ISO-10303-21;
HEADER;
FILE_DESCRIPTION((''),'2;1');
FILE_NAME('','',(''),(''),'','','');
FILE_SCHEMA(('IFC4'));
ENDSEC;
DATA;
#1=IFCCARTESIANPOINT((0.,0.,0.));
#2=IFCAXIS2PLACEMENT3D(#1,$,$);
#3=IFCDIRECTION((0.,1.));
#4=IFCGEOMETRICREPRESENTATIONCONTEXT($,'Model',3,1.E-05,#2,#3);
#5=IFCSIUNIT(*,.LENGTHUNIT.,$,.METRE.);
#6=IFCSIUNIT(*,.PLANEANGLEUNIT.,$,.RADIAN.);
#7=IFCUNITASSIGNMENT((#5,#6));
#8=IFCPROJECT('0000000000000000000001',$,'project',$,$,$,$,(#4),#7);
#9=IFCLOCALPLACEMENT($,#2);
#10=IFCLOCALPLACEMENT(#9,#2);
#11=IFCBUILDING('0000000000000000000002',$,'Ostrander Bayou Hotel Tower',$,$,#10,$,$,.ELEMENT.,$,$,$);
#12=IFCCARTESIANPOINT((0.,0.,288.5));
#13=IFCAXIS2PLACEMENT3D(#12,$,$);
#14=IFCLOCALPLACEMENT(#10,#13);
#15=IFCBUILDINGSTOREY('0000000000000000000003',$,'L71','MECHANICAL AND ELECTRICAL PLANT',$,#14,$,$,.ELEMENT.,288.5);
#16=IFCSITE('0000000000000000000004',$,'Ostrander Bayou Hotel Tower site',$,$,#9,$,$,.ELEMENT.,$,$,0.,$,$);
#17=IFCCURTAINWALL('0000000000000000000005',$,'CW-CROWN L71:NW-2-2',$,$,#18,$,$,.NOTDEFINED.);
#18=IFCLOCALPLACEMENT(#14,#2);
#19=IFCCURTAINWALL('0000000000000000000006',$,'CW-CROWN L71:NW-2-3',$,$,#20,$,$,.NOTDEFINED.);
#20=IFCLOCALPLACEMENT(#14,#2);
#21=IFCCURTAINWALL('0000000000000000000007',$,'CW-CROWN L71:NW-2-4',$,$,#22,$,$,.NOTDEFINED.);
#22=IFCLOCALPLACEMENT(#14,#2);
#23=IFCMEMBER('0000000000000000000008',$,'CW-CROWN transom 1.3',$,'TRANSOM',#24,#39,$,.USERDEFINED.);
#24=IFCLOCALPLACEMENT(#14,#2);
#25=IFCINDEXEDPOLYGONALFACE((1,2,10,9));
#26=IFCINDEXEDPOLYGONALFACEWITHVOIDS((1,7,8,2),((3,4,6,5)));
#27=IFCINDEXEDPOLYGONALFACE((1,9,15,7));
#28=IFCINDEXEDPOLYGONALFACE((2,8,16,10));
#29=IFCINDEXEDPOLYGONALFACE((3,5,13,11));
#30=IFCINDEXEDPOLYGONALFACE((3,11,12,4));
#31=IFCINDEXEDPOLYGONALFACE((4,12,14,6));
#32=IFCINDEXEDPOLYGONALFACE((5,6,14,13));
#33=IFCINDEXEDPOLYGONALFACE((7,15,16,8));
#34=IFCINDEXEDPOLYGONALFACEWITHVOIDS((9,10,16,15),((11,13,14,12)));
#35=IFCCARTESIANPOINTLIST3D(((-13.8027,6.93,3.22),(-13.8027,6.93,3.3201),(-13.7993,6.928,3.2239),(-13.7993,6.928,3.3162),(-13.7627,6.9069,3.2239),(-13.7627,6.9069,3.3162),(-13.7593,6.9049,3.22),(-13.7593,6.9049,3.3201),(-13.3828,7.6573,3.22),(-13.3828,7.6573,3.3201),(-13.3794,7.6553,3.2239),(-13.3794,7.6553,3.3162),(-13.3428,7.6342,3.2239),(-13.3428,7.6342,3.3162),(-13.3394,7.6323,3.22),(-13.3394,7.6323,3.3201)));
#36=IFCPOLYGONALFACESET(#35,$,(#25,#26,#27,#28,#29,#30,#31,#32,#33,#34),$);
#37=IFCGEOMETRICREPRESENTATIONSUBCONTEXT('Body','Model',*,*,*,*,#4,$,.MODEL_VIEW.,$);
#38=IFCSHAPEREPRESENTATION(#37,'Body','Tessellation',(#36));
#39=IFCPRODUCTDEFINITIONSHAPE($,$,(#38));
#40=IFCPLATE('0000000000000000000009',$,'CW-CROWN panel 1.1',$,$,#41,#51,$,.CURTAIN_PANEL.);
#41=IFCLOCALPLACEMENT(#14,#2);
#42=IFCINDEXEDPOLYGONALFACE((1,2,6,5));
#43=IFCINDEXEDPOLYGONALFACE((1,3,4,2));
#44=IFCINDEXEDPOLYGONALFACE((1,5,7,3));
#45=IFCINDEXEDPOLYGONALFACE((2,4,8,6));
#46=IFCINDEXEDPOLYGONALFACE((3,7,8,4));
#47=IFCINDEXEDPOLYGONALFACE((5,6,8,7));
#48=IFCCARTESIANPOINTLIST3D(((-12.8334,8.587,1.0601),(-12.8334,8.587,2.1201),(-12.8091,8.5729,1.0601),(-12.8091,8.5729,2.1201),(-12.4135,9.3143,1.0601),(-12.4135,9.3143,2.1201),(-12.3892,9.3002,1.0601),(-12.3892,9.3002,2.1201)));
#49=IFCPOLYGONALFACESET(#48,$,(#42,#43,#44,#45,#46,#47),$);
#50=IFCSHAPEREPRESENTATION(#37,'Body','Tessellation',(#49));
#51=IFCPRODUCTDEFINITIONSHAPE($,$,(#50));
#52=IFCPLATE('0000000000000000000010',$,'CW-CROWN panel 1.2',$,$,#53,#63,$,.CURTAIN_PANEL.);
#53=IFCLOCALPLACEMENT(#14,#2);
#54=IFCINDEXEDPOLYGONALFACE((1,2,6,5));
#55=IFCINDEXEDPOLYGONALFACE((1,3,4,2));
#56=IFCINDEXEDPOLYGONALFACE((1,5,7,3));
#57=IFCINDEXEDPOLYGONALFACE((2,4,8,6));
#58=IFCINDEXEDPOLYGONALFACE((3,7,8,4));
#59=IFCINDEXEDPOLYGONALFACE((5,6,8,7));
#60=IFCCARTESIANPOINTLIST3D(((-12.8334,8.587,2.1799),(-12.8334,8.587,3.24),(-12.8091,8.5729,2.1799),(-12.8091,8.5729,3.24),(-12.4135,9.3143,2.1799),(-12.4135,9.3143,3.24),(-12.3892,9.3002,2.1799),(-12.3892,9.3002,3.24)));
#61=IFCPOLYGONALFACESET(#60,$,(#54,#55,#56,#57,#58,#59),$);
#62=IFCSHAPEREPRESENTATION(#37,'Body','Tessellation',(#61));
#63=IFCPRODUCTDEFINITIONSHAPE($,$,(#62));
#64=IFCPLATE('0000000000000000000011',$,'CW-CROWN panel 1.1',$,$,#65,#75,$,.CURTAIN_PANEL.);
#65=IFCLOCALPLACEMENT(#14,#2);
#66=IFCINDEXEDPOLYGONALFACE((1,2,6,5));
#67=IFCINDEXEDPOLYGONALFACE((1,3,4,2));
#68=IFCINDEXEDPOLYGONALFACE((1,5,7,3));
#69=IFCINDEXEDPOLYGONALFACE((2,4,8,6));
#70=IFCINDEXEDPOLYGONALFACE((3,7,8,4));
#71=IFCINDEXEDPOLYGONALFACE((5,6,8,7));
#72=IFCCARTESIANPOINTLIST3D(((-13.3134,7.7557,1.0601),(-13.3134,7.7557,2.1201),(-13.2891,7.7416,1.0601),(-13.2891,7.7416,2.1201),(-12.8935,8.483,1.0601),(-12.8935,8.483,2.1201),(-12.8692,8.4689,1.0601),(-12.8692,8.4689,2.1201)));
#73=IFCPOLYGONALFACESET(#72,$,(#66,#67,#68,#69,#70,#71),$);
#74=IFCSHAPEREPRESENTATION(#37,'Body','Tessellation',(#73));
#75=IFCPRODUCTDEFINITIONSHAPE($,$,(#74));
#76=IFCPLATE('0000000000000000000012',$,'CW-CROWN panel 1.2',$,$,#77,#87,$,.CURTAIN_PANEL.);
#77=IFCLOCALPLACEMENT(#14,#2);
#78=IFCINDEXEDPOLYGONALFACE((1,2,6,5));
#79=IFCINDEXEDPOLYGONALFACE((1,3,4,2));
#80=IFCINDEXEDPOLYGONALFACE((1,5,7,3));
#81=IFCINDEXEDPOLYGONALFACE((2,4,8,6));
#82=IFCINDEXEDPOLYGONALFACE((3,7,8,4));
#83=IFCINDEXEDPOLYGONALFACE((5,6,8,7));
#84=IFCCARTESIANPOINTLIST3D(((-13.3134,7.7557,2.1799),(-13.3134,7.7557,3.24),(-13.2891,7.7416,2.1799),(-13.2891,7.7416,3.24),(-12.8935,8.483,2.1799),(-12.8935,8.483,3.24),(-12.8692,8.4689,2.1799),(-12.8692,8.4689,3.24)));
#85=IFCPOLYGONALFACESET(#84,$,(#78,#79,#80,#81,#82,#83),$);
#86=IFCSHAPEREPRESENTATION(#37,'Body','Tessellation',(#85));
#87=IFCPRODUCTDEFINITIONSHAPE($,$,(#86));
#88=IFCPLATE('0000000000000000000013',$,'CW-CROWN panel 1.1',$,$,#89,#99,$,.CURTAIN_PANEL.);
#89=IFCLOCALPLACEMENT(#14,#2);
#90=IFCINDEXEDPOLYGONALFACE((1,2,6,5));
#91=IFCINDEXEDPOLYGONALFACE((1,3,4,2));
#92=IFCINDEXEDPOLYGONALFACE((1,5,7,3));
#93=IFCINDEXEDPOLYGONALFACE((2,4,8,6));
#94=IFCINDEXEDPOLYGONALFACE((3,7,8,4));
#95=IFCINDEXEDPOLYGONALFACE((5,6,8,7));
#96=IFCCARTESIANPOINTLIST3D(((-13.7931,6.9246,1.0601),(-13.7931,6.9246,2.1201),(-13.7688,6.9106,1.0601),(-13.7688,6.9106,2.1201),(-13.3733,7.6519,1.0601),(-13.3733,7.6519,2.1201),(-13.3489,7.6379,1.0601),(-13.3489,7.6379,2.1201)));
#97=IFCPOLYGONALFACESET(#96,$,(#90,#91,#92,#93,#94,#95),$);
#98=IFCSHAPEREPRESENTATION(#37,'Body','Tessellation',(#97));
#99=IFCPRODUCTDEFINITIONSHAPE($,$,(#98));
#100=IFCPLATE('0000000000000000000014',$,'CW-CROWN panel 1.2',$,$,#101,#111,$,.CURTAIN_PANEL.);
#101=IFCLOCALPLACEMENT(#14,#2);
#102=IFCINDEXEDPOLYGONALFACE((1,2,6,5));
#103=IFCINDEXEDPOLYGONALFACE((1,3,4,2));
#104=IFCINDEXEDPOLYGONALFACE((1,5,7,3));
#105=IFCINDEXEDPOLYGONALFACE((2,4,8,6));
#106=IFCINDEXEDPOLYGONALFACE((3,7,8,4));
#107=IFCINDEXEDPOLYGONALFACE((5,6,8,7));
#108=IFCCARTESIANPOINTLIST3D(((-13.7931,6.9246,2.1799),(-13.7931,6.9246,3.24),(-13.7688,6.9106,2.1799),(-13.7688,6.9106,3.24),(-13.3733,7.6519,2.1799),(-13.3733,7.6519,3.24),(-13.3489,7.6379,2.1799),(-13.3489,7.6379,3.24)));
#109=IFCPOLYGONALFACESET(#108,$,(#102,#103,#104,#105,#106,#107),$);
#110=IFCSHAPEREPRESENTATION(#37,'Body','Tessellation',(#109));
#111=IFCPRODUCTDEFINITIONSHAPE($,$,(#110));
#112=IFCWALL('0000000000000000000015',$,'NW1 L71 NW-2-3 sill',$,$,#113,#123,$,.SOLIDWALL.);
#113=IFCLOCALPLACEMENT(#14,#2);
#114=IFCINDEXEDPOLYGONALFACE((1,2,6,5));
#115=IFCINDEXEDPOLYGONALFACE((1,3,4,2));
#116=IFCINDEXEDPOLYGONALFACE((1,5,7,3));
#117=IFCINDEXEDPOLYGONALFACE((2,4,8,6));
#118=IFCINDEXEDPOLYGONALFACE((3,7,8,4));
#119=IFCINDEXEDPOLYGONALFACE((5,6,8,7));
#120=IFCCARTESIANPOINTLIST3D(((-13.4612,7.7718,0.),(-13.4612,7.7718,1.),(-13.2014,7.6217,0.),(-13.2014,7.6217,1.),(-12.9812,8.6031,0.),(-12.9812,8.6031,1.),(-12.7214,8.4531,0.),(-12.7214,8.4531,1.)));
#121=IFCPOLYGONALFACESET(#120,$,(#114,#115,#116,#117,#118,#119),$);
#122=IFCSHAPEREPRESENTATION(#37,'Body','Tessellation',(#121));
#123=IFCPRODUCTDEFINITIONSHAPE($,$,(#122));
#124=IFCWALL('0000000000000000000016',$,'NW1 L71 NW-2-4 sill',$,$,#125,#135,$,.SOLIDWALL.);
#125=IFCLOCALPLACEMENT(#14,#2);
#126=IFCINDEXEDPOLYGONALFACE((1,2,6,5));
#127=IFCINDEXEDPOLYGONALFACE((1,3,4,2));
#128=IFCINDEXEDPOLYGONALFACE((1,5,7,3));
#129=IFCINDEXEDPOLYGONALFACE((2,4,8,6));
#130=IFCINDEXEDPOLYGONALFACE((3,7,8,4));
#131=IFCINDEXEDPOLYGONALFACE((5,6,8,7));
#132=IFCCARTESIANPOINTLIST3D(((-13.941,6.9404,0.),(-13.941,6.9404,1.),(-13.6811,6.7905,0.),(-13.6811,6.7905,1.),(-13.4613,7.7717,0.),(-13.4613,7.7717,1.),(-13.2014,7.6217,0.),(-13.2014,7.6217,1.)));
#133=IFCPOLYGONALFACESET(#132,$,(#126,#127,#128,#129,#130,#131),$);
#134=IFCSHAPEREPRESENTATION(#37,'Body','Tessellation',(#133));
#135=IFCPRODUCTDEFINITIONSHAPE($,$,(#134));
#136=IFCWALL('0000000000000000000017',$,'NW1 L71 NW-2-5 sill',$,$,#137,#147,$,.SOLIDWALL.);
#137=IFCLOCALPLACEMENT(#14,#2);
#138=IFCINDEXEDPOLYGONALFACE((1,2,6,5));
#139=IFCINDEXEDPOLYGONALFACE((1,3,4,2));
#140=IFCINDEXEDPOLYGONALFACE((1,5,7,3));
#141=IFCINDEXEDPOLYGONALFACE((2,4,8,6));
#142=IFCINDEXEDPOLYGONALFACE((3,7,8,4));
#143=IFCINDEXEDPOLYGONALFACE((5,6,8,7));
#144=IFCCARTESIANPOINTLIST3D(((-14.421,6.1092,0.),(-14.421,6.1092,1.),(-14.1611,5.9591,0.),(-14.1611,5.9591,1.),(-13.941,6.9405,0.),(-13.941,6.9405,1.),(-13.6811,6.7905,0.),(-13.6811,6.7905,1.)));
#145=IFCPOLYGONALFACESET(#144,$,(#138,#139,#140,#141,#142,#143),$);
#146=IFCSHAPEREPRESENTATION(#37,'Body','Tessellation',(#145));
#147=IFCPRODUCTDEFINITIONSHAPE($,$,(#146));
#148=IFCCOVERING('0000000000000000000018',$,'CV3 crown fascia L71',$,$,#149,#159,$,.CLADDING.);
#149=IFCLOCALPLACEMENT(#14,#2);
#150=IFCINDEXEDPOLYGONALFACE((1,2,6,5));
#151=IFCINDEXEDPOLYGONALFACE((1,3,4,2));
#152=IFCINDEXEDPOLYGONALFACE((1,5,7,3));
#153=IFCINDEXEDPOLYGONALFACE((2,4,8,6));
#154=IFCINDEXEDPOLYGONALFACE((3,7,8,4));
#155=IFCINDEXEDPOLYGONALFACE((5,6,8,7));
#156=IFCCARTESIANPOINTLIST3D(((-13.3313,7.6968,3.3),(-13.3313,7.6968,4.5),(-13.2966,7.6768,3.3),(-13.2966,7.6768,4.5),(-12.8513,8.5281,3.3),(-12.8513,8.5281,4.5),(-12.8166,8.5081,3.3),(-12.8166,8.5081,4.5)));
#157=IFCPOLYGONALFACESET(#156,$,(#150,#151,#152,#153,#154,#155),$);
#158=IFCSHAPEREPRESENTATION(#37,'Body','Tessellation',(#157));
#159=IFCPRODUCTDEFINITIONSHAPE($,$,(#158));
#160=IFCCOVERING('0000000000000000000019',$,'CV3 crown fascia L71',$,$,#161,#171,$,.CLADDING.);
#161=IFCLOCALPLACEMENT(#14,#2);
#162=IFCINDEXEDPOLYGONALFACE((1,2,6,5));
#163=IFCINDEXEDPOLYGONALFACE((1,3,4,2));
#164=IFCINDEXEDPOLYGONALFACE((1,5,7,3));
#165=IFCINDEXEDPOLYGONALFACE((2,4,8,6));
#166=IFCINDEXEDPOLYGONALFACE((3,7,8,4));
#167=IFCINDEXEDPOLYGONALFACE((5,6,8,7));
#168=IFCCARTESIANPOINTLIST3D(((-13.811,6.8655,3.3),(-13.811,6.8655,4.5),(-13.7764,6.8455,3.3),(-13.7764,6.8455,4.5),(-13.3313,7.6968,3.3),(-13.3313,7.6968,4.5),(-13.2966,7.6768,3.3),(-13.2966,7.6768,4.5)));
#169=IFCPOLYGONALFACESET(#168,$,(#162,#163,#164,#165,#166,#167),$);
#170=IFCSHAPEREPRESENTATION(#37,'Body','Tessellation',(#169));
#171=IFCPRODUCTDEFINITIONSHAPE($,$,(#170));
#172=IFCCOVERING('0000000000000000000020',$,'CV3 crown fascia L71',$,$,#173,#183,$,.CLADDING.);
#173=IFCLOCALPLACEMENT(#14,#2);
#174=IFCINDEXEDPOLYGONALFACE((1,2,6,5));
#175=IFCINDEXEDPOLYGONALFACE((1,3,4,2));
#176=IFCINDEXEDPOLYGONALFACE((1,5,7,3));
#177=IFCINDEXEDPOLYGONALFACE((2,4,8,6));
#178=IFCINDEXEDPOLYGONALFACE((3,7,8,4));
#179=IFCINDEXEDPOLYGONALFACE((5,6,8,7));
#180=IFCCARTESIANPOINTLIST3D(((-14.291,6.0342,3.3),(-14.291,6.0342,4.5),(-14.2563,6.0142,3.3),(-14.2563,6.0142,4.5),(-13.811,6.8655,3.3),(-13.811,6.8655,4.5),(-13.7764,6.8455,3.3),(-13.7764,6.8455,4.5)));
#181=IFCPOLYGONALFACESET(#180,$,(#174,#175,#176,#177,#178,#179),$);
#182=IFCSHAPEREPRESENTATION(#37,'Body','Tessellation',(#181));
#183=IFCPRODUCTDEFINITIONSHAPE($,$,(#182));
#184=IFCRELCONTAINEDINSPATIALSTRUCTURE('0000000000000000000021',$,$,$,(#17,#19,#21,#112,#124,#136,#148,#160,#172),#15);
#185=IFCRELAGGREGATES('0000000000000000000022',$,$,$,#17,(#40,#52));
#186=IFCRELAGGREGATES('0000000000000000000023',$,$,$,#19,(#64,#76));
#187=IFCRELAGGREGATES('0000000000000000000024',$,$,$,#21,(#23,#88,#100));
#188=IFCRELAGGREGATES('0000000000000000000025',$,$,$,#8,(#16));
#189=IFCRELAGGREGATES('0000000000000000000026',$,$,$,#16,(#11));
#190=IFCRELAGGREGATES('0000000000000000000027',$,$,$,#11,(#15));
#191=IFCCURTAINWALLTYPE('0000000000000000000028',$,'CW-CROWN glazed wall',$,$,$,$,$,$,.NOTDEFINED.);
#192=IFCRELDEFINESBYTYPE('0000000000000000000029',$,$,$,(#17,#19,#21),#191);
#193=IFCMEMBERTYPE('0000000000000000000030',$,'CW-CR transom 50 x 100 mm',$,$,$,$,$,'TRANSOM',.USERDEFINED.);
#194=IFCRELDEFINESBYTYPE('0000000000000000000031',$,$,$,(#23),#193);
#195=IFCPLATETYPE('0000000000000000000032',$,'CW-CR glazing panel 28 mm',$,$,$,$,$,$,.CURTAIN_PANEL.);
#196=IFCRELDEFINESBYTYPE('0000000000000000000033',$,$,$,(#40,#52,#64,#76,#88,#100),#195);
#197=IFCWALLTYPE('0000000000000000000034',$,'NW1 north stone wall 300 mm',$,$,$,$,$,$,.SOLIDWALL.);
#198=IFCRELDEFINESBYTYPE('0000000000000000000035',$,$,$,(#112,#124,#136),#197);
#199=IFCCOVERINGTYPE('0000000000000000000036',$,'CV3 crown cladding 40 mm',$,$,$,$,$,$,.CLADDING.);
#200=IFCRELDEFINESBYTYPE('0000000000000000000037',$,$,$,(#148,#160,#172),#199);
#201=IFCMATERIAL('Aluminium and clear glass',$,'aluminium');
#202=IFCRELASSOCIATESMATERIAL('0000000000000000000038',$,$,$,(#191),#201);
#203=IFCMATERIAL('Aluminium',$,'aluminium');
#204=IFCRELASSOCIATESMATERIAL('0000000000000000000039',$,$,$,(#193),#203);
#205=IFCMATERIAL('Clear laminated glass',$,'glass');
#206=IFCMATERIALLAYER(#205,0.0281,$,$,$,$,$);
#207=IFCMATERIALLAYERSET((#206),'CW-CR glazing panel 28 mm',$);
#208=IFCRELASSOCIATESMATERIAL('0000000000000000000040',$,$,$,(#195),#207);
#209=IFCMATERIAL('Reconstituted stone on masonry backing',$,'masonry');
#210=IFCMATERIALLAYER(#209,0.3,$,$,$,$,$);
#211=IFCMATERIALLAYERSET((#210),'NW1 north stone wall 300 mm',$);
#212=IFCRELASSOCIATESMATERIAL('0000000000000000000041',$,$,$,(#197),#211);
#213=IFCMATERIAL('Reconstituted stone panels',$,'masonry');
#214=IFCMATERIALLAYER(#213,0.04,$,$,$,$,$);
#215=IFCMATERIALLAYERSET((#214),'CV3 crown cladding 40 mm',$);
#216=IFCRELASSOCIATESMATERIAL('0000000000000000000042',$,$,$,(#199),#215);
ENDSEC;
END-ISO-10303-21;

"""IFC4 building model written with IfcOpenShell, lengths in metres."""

from ifc_helpers import new_model, si_unit, direction, frame, frame_2d, origin, origin_2d, place, context, subcontext, project, spatial, polyline, rectangle, hollow_rectangle, outline, extrude, material, layer, layer_set, material_profile, profile_set, type_object, element, aggregate, save


model = new_model("IFC4")

# Units and contexts
model_context = context("Model", 3, precision=1e-05, world=origin(), true_north=direction((0.0, 1.0)))
body_context = subcontext(model_context, "Body", "Model", "MODEL_VIEW")
ifc_project = project(units=[si_unit("LENGTHUNIT", "METRE"), si_unit("PLANEANGLEUNIT", "RADIAN")], contexts=[model_context])

# Site, building, storey
site_placement = place(None, origin())
site = spatial("IfcSite", under=ifc_project, at=site_placement, Name="Ostrander Bayou Hotel Tower site", CompositionType="ELEMENT", RefElevation=0.0)
building_placement = place(site_placement, origin())
building = spatial("IfcBuilding", under=site, at=building_placement, Name="Ostrander Bayou Hotel Tower", CompositionType="ELEMENT")
storey_placement = place(building_placement, frame((0.0, 0.0, 288.5)))
storey = spatial("IfcBuildingStorey", under=building, at=storey_placement, Name="L71", Description="MECHANICAL AND ELECTRICAL PLANT", CompositionType="ELEMENT", Elevation=288.5)

# Curtain wall
ifc_material_1 = material(Name="Aluminium and clear glass", Category="aluminium")
curtain_wall_type = type_object("IfcCurtainWallType", Name="CW-CROWN glazed wall", PredefinedType="NOTDEFINED", material=ifc_material_1)
curtain_wall_1_placement = place(storey_placement, origin())
curtain_wall_1 = element("IfcCurtainWall", 1, at=curtain_wall_1_placement, inside=storey, type_object=curtain_wall_type, Name="CW-CROWN L71:NW-2-2", PredefinedType="NOTDEFINED")

# Curtain walls
curtain_wall_2_placement = place(storey_placement, origin())
curtain_wall_2 = element("IfcCurtainWall", 2, at=curtain_wall_2_placement, inside=storey, type_object=curtain_wall_type, Name="CW-CROWN L71:NW-2-3", PredefinedType="NOTDEFINED")
curtain_wall_3_placement = place(storey_placement, origin())
curtain_wall_3 = element("IfcCurtainWall", 3, at=curtain_wall_3_placement, inside=storey, type_object=curtain_wall_type, Name="CW-CROWN L71:NW-2-4", PredefinedType="NOTDEFINED")

# Member
ifc_material_2 = material(Name="Aluminium", Category="aluminium")
ifc_material_profile_1 = material_profile(ifc_material_2, hollow_rectangle(XDim=0.05, YDim=0.1001, WallThickness=0.0039, at=origin_2d()))
ifc_profile_set_1 = profile_set([ifc_material_profile_1], Name="Aluminium")
member_type_1 = type_object("IfcMemberType", Name="CW-CR transom 50 x 100 mm", ElementType="TRANSOM", PredefinedType="USERDEFINED", material=ifc_profile_set_1)
member_1_placement = place(storey_placement, frame((-13.3611, 7.6448, 3.27), z_axis=(-0.500016, -0.866016, 0.0), x_axis=(0.866016, -0.500016, 0.0)))
member_1 = element("IfcMember", 4, at=member_1_placement, type_object=member_type_1, Name="CW-CROWN transom 1.3", ObjectType="TRANSOM", PredefinedType="USERDEFINED", context=body_context, shape_type="SweptSolid", body=[
    extrude(hollow_rectangle(XDim=0.05, YDim=0.1001, WallThickness=0.0039, at=origin_2d()), origin(), (0.0, 0.0, 1.0), 0.8398),
])

# Plates
ifc_material_3 = material(Name="Clear laminated glass", Category="glass")
ifc_layer_1 = layer(ifc_material_3, 0.0281)
ifc_layer_set_1 = layer_set([ifc_layer_1], Name="CW-CR glazing panel 28 mm")
plate_type = type_object("IfcPlateType", Name="CW-CR glazing panel 28 mm", PredefinedType="CURTAIN_PANEL", material=ifc_layer_set_1)
plate_1_placement = place(storey_placement, frame((-12.6113, 8.9436, 1.0601), z_axis=(0.0, 0.0, 1.0), x_axis=(-0.500005, -0.866022, 0.0)))
plate_1 = element("IfcPlate", 5, at=plate_1_placement, type_object=plate_type, Name="CW-CROWN panel 1.1", PredefinedType="CURTAIN_PANEL", context=body_context, shape_type="SweptSolid", body=[
    extrude(rectangle(XDim=0.8398, YDim=0.0281, at=origin_2d()), origin(), (0.0, 0.0, 1.0), 1.0601),
])
plate_2_placement = place(storey_placement, frame((-12.6113, 8.9436, 2.1799), z_axis=(0.0, 0.0, 1.0), x_axis=(-0.500005, -0.866022, 0.0)))
plate_2 = element("IfcPlate", 6, at=plate_2_placement, type_object=plate_type, Name="CW-CROWN panel 1.2", PredefinedType="CURTAIN_PANEL", context=body_context, shape_type="SweptSolid", body=[
    extrude(rectangle(XDim=0.8398, YDim=0.0281, at=origin_2d()), origin(), (0.0, 0.0, 1.0), 1.0601),
])
aggregate(curtain_wall_1, [plate_1, plate_2])
plate_3_placement = place(storey_placement, frame((-13.0913, 8.1123, 1.0601), z_axis=(0.0, 0.0, 1.0), x_axis=(-0.500005, -0.866022, 0.0)))
plate_3 = element("IfcPlate", 7, at=plate_3_placement, type_object=plate_type, Name="CW-CROWN panel 1.1", PredefinedType="CURTAIN_PANEL", context=body_context, shape_type="SweptSolid", body=[
    extrude(rectangle(XDim=0.8398, YDim=0.0281, at=origin_2d()), origin(), (0.0, 0.0, 1.0), 1.0601),
])
plate_4_placement = place(storey_placement, frame((-13.0913, 8.1123, 2.1799), z_axis=(0.0, 0.0, 1.0), x_axis=(-0.500005, -0.866022, 0.0)))
plate_4 = element("IfcPlate", 8, at=plate_4_placement, type_object=plate_type, Name="CW-CROWN panel 1.2", PredefinedType="CURTAIN_PANEL", context=body_context, shape_type="SweptSolid", body=[
    extrude(rectangle(XDim=0.8398, YDim=0.0281, at=origin_2d()), origin(), (0.0, 0.0, 1.0), 1.0601),
])
aggregate(curtain_wall_2, [plate_3, plate_4])
plate_5_placement = place(storey_placement, frame((-13.571, 7.2812, 1.0601), z_axis=(0.0, 0.0, 1.0), x_axis=(-0.49996, -0.866049, 0.0)))
plate_5 = element("IfcPlate", 9, at=plate_5_placement, type_object=plate_type, Name="CW-CROWN panel 1.1", PredefinedType="CURTAIN_PANEL", context=body_context, shape_type="SweptSolid", body=[
    extrude(rectangle(XDim=0.8398, YDim=0.0281, at=origin_2d()), origin(), (0.0, 0.0, 1.0), 1.0601),
])
plate_6_placement = place(storey_placement, frame((-13.571, 7.2812, 2.1799), z_axis=(0.0, 0.0, 1.0), x_axis=(-0.49996, -0.866049, 0.0)))
plate_6 = element("IfcPlate", 10, at=plate_6_placement, type_object=plate_type, Name="CW-CROWN panel 1.2", PredefinedType="CURTAIN_PANEL", context=body_context, shape_type="SweptSolid", body=[
    extrude(rectangle(XDim=0.8398, YDim=0.0281, at=origin_2d()), origin(), (0.0, 0.0, 1.0), 1.0601),
])
aggregate(curtain_wall_3, [member_1, plate_5, plate_6])

# Walls
ifc_material_4 = material(Name="Reconstituted stone on masonry backing", Category="masonry")
ifc_layer_2 = layer(ifc_material_4, 0.3)
ifc_layer_set_2 = layer_set([ifc_layer_2], Name="NW1 north stone wall 300 mm")
wall_type = type_object("IfcWallType", Name="NW1 north stone wall 300 mm", PredefinedType="SOLIDWALL", material=ifc_layer_set_2)
wall_1_placement = place(storey_placement, frame((-12.8513, 8.5281, 0.0), z_axis=(0.0, 0.0, 1.0), x_axis=(-0.500023, -0.866012, 0.0)))
element("IfcWall", 11, at=wall_1_placement, inside=storey, type_object=wall_type, Name="NW1 L71 NW-2-3 sill", PredefinedType="SOLIDWALL", context=body_context, shape_type="SweptSolid", body=[
    extrude(rectangle(XDim=0.96, YDim=0.3, at=frame_2d((0.48, 0.0))), origin(), (0.0, 0.0, 1.0), 1.0),
])
wall_2_placement = place(storey_placement, frame((-13.3313, 7.6968, 0.0), z_axis=(0.0, 0.0, 1.0), x_axis=(-0.499833, -0.866122, 0.0)))
element("IfcWall", 12, at=wall_2_placement, inside=storey, type_object=wall_type, Name="NW1 L71 NW-2-4 sill", PredefinedType="SOLIDWALL", context=body_context, shape_type="SweptSolid", body=[
    extrude(rectangle(XDim=0.9597, YDim=0.3, at=frame_2d((0.48, 0.0))), origin(), (0.0, 0.0, 1.0), 1.0),
])
wall_3_placement = place(storey_placement, frame((-13.811, 6.8655, 0.0), z_axis=(0.0, 0.0, 1.0), x_axis=(-0.500023, -0.866012, 0.0)))
element("IfcWall", 13, at=wall_3_placement, inside=storey, type_object=wall_type, Name="NW1 L71 NW-2-5 sill", PredefinedType="SOLIDWALL", context=body_context, shape_type="SweptSolid", body=[
    extrude(rectangle(XDim=0.96, YDim=0.3, at=frame_2d((0.48, 0.0))), origin(), (0.0, 0.0, 1.0), 1.0),
])

# Coverings
ifc_material_5 = material(Name="Reconstituted stone panels", Category="masonry")
ifc_layer_3 = layer(ifc_material_5, 0.04)
ifc_layer_set_3 = layer_set([ifc_layer_3], Name="CV3 crown cladding 40 mm")
covering_type = type_object("IfcCoveringType", Name="CV3 crown cladding 40 mm", PredefinedType="CLADDING", material=ifc_layer_set_3)
covering_1_placement = place(storey_placement, frame((-12.8513, 8.5281, 3.3), z_axis=(-0.866012, 0.500023, 0.0), x_axis=(-0.500023, -0.866012, 0.0)))
element("IfcCovering", 14, at=covering_1_placement, inside=storey, type_object=covering_type, Name="CV3 crown fascia L71", PredefinedType="CLADDING", context=body_context, shape_type="SweptSolid", body=[
    extrude(outline(polyline([(0.0, 0.0), (0.9599, 0.0), (0.9599, 1.2), (0.0, 1.2), (0.0, 0.0)])), origin(), (0.0, 0.0, -1.0), 0.04),
])
covering_2_placement = place(storey_placement, frame((-13.3313, 7.6968, 3.3), z_axis=(-0.866122, 0.499833, 0.0), x_axis=(-0.499833, -0.866122, 0.0)))
element("IfcCovering", 15, at=covering_2_placement, inside=storey, type_object=covering_type, Name="CV3 crown fascia L71", PredefinedType="CLADDING", context=body_context, shape_type="SweptSolid", body=[
    extrude(outline(polyline([(0.0, 0.0), (0.9598, 0.0), (0.9598, 1.2), (0.0, 1.2), (0.0, 0.0)])), origin(), (0.0, 0.0, -1.0), 0.04),
])
covering_3_placement = place(storey_placement, frame((-13.811, 6.8655, 3.3), z_axis=(-0.866012, 0.500023, 0.0), x_axis=(-0.500023, -0.866012, 0.0)))
element("IfcCovering", 16, at=covering_3_placement, inside=storey, type_object=covering_type, Name="CV3 crown fascia L71", PredefinedType="CLADDING", context=body_context, shape_type="SweptSolid", body=[
    extrude(outline(polyline([(0.0, 0.0), (0.9599, 0.0), (0.9599, 1.2), (0.0, 1.2), (0.0, 0.0)])), origin(), (0.0, 0.0, -1.0), 0.04),
])

save(model, "model.ifc")
